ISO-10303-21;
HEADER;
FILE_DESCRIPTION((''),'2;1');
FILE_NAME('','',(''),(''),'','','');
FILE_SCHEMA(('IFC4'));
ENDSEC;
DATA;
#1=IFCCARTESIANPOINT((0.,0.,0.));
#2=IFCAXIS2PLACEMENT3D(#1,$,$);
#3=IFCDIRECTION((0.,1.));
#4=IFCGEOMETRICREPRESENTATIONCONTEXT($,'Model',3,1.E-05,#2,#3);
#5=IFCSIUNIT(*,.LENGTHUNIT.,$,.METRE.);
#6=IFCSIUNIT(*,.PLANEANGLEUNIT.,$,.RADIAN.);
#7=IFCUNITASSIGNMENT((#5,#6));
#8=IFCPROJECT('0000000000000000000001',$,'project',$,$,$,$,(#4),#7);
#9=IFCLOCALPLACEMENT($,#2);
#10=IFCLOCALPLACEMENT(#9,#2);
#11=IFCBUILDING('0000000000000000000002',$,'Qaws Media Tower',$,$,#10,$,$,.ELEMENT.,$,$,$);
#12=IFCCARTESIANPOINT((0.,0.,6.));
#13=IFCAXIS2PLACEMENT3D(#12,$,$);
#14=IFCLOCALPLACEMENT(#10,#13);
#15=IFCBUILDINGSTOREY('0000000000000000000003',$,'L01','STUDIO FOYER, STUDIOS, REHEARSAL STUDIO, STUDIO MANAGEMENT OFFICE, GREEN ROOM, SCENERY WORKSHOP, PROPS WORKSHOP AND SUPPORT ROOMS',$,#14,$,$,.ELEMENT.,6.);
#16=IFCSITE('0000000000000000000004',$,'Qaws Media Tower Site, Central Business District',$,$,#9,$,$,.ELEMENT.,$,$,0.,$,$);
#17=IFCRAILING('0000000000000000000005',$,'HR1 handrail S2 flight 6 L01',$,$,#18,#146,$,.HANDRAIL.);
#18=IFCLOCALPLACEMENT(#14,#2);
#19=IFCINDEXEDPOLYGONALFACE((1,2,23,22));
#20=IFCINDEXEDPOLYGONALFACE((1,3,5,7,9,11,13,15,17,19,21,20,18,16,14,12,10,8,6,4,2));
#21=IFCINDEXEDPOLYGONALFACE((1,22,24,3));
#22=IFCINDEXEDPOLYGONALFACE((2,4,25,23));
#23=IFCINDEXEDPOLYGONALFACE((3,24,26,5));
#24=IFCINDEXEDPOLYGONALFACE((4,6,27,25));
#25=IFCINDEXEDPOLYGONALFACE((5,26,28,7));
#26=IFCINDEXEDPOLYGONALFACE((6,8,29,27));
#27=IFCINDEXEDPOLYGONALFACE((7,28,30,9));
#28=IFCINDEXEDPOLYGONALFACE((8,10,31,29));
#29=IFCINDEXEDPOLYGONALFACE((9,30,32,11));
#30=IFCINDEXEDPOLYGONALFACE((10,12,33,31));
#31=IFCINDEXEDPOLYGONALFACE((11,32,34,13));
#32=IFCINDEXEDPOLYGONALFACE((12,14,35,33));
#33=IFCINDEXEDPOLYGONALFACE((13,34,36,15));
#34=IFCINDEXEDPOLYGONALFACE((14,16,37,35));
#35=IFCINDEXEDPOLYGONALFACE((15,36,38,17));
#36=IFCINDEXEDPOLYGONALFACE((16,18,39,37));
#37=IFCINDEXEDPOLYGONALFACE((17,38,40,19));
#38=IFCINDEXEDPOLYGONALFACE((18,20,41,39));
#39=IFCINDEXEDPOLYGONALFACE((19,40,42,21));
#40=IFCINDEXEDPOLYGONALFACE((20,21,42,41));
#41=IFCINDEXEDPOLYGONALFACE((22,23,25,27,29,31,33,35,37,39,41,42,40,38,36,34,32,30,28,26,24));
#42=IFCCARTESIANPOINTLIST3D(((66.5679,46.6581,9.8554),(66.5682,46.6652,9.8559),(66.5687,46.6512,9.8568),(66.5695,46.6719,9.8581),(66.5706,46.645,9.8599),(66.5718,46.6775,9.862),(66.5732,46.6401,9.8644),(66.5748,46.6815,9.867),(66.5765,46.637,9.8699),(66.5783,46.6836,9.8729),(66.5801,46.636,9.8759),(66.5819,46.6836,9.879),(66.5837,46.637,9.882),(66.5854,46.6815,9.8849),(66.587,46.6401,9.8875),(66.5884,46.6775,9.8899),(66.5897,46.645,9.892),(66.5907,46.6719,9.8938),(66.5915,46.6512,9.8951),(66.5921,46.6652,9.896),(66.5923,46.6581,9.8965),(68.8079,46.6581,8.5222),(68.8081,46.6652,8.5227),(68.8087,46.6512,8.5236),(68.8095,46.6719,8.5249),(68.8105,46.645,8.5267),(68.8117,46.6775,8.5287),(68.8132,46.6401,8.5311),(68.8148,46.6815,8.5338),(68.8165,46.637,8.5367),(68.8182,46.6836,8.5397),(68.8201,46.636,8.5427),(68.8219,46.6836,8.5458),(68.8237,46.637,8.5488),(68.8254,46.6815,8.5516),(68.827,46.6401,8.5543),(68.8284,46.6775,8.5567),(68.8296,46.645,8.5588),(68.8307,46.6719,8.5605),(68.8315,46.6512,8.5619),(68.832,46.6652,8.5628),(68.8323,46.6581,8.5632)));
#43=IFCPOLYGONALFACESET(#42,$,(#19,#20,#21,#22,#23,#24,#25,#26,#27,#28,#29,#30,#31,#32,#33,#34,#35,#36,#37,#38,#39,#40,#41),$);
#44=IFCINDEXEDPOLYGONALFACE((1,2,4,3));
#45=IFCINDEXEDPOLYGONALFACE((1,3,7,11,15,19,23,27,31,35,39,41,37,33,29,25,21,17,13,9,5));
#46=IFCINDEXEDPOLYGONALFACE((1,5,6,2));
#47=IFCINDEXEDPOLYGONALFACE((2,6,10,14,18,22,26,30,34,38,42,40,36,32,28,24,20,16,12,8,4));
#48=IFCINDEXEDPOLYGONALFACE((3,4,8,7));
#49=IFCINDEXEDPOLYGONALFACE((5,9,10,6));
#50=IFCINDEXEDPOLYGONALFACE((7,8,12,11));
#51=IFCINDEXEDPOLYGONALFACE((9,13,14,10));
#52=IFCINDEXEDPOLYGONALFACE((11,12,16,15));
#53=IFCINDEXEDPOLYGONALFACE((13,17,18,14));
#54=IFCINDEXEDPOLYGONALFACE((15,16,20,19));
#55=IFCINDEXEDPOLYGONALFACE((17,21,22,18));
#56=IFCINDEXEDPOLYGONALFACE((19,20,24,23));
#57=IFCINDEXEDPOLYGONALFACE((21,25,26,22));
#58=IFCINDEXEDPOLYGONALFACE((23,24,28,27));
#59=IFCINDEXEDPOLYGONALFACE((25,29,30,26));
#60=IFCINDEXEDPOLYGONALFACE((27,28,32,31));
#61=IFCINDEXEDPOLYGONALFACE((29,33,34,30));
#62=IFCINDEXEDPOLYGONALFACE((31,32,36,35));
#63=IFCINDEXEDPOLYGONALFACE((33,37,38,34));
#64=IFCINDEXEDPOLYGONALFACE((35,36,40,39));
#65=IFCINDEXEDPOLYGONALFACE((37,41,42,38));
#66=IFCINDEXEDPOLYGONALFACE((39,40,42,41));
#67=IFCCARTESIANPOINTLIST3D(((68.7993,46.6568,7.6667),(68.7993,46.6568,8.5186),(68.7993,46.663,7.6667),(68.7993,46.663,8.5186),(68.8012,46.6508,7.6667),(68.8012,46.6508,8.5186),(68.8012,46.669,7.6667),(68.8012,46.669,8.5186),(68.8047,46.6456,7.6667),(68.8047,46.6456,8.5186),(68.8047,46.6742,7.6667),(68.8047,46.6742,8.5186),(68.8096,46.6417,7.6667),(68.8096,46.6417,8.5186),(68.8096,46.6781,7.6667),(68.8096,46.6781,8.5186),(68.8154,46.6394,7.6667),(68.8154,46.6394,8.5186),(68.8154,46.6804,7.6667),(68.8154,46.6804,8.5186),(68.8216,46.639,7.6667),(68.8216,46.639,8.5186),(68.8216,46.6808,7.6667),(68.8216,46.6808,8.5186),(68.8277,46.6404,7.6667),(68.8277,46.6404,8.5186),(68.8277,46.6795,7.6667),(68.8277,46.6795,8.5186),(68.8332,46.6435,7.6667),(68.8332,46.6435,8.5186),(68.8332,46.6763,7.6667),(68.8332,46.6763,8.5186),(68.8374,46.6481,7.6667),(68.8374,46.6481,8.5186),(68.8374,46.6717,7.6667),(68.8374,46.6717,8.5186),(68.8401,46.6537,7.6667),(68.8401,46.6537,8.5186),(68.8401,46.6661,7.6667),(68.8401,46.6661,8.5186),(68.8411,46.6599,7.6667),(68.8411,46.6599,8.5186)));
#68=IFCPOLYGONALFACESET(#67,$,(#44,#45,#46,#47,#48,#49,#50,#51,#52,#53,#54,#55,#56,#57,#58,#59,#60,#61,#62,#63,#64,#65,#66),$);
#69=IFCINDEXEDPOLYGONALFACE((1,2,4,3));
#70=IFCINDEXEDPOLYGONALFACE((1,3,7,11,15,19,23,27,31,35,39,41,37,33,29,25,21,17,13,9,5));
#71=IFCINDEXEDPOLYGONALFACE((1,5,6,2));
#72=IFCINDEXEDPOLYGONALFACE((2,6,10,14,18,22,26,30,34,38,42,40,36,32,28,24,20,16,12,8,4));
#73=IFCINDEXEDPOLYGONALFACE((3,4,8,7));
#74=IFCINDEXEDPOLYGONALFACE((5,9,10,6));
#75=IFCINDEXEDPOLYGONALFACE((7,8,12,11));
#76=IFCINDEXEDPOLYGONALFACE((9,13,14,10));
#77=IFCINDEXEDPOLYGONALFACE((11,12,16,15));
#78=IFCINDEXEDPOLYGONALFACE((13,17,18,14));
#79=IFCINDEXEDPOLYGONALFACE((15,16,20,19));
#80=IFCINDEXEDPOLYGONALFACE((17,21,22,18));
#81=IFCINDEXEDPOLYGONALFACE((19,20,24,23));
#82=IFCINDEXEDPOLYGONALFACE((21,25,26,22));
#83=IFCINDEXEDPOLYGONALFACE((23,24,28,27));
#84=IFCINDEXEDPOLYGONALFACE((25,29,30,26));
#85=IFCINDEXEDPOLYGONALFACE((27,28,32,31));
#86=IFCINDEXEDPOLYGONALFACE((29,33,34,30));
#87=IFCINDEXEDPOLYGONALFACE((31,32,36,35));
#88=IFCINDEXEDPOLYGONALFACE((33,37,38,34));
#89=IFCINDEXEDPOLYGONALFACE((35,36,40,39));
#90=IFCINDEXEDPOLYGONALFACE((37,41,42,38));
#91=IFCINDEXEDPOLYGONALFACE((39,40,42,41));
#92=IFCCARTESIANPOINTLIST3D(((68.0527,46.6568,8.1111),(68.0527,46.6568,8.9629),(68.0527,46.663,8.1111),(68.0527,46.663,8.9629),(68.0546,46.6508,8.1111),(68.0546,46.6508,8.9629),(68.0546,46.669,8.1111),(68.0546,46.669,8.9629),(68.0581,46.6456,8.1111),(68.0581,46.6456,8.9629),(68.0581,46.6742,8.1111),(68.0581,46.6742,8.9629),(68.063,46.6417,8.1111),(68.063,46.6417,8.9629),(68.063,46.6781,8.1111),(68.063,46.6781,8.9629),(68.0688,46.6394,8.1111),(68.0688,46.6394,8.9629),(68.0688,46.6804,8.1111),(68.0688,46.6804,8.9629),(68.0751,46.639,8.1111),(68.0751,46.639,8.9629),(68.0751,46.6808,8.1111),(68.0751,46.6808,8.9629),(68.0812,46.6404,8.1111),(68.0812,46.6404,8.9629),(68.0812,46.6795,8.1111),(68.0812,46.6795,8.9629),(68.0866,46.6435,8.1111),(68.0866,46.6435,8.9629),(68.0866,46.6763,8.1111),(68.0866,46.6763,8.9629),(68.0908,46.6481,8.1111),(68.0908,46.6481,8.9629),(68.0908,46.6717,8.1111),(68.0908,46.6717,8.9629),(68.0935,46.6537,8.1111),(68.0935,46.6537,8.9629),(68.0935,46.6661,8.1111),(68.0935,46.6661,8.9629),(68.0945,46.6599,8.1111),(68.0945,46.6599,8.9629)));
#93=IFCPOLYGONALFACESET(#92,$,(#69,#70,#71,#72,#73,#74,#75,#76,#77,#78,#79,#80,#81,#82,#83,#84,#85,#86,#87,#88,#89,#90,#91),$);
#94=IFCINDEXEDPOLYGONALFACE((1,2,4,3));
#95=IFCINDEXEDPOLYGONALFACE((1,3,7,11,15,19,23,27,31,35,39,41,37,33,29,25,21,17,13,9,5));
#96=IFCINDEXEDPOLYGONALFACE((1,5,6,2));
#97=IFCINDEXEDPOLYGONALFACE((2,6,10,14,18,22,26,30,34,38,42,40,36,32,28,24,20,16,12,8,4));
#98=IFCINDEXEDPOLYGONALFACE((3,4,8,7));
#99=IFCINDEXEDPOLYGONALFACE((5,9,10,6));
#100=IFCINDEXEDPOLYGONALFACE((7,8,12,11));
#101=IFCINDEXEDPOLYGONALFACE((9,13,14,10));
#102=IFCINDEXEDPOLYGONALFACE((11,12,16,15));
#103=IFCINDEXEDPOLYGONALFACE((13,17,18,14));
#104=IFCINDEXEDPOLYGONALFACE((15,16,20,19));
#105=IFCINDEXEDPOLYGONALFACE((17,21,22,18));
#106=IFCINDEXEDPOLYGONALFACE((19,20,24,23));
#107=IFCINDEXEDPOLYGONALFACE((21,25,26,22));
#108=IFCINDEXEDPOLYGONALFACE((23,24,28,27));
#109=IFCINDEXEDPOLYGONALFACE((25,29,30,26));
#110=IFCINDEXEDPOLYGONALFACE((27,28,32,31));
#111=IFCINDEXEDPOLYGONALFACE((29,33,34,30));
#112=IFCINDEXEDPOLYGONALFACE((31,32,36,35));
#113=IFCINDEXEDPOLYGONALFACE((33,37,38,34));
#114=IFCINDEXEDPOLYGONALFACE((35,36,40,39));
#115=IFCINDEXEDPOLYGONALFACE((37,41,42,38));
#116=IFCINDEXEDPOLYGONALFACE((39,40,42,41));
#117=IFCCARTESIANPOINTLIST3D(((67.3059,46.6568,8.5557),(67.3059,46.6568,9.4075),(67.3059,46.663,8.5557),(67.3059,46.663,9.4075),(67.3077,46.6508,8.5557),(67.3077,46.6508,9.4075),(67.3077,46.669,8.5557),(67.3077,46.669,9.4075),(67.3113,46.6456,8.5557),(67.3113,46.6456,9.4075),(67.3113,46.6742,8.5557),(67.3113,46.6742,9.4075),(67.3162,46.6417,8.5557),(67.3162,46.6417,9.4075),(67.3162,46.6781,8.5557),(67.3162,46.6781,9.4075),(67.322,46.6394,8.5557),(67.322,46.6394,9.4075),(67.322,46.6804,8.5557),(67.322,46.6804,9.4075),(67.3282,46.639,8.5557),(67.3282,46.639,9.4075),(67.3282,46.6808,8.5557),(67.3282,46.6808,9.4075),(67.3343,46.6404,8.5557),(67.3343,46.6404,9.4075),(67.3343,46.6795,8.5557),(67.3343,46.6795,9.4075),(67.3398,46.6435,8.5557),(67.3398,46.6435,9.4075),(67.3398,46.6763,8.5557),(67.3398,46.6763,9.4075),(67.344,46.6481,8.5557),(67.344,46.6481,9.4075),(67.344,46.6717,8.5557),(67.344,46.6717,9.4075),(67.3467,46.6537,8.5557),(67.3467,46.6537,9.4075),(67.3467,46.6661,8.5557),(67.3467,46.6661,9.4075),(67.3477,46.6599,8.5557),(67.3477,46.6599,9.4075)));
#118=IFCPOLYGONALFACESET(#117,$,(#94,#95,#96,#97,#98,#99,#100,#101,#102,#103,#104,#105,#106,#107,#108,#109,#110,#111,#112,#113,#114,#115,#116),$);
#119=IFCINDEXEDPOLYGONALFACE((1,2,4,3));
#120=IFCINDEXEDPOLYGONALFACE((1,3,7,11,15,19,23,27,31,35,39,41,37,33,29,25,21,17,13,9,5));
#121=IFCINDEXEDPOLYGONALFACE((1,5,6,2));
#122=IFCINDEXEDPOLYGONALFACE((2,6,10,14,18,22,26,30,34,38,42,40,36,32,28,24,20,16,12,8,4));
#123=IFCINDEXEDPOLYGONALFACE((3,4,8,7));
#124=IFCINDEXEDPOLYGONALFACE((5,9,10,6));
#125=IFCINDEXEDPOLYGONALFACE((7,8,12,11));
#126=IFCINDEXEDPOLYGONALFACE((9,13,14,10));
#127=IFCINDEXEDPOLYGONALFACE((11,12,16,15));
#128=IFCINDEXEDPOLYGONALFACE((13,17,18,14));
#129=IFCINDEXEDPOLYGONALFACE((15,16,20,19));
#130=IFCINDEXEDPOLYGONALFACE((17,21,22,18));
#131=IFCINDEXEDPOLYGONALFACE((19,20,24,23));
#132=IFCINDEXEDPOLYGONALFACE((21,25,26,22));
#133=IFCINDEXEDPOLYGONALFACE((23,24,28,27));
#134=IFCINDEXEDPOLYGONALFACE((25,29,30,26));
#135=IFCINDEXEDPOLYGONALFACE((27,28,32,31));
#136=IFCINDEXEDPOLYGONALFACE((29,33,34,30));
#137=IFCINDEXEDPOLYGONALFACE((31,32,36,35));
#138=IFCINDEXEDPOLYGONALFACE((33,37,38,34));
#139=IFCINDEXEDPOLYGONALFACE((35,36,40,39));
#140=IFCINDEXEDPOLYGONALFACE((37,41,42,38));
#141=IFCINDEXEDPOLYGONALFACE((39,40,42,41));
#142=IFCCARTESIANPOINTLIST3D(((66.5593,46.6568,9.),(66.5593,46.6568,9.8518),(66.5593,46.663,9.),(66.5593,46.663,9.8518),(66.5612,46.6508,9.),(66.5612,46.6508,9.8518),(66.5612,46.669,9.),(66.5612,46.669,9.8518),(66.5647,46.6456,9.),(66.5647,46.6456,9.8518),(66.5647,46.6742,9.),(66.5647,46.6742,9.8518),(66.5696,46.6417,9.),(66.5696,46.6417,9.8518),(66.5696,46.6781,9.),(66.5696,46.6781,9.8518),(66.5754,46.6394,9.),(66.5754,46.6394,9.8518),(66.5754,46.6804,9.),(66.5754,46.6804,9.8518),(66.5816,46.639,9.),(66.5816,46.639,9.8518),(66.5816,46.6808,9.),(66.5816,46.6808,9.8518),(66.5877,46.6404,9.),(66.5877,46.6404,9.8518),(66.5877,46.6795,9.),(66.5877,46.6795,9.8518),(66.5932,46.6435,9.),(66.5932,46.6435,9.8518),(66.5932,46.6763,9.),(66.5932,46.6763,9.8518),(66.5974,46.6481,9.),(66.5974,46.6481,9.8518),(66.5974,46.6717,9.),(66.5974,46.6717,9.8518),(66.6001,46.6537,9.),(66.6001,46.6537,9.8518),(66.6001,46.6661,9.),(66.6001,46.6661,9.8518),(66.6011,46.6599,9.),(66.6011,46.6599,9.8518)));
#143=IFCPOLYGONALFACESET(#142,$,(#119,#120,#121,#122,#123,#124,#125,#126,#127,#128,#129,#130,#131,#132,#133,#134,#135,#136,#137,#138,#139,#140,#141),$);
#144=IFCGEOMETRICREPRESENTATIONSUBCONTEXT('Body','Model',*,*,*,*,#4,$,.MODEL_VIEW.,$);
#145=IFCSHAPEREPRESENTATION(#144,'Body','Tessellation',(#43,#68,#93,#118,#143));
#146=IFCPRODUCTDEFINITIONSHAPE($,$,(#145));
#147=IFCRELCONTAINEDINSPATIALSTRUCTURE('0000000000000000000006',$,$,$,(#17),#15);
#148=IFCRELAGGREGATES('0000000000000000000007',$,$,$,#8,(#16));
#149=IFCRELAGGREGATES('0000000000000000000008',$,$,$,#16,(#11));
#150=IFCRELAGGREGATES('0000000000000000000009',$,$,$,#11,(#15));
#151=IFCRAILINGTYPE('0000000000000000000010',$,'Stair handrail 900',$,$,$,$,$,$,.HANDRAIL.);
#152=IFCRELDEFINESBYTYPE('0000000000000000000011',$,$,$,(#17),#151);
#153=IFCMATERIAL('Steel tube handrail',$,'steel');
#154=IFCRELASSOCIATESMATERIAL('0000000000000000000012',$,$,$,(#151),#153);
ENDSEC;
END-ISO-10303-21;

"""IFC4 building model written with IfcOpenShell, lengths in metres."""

from ifc_helpers import new_model, si_unit, direction, frame, origin, origin_2d, place, context, subcontext, project, spatial, circle, extrude, material, type_object, element, save


model = new_model("IFC4")

# Units and contexts
model_context = context("Model", 3, precision=1e-05, world=origin(), true_north=direction((0.0, 1.0)))
body_context = subcontext(model_context, "Body", "Model", "MODEL_VIEW")
ifc_project = project(units=[si_unit("LENGTHUNIT", "METRE"), si_unit("PLANEANGLEUNIT", "RADIAN")], contexts=[model_context])

# Site, building, storey
site_placement = place(None, origin())
site = spatial("IfcSite", under=ifc_project, at=site_placement, Name="Qaws Media Tower Site, Central Business District", CompositionType="ELEMENT", RefElevation=0.0)
building_placement = place(site_placement, origin())
building = spatial("IfcBuilding", under=site, at=building_placement, Name="Qaws Media Tower", CompositionType="ELEMENT")
storey_placement = place(building_placement, frame((0.0, 0.0, 6.0)))
storey = spatial("IfcBuildingStorey", under=building, at=storey_placement, Name="L01", Description="STUDIO FOYER, STUDIOS, REHEARSAL STUDIO, STUDIO MANAGEMENT OFFICE, GREEN ROOM, SCENERY WORKSHOP, PROPS WORKSHOP AND SUPPORT ROOMS", CompositionType="ELEMENT", Elevation=6.0)

# Railing
ifc_material_1 = material(Name="Steel tube handrail", Category="steel")
railing_type = type_object("IfcRailingType", Name="Stair handrail 900", PredefinedType="HANDRAIL", material=ifc_material_1)
for number, where, name in (
    (1, (68.8201, 46.6599, 7.6667), "HR1 handrail S2 flight 6 L01"),
):
    element("IfcRailing", number, at=place(storey_placement, frame(where)), inside=storey, type_object=railing_type, Name=name, PredefinedType="HANDRAIL", context=body_context, shape_type="SweptSolid", body=[
        extrude(circle(Radius=0.0239, at=origin_2d()), frame((0.0, 0.0, 0.876), z_axis=(-0.859306, 0.0, 0.511462), x_axis=(0.0, -1.0, 0.0)), (0.0, 0.0, 1.0), 2.6067),
        extrude(circle(Radius=0.021, at=origin_2d()), origin(), (0.0, 0.0, 1.0), 0.8518),
        extrude(circle(Radius=0.021, at=origin_2d()), frame((-0.7466, 0.0, 0.4443)), (0.0, 0.0, 1.0), 0.8518),
        extrude(circle(Radius=0.021, at=origin_2d()), frame((-1.4934, 0.0, 0.8889)), (0.0, 0.0, 1.0), 0.8518),
        extrude(circle(Radius=0.021, at=origin_2d()), frame((-2.24, 0.0, 1.3333)), (0.0, 0.0, 1.0), 0.8518),
    ])

save(model, "model.ifc")
